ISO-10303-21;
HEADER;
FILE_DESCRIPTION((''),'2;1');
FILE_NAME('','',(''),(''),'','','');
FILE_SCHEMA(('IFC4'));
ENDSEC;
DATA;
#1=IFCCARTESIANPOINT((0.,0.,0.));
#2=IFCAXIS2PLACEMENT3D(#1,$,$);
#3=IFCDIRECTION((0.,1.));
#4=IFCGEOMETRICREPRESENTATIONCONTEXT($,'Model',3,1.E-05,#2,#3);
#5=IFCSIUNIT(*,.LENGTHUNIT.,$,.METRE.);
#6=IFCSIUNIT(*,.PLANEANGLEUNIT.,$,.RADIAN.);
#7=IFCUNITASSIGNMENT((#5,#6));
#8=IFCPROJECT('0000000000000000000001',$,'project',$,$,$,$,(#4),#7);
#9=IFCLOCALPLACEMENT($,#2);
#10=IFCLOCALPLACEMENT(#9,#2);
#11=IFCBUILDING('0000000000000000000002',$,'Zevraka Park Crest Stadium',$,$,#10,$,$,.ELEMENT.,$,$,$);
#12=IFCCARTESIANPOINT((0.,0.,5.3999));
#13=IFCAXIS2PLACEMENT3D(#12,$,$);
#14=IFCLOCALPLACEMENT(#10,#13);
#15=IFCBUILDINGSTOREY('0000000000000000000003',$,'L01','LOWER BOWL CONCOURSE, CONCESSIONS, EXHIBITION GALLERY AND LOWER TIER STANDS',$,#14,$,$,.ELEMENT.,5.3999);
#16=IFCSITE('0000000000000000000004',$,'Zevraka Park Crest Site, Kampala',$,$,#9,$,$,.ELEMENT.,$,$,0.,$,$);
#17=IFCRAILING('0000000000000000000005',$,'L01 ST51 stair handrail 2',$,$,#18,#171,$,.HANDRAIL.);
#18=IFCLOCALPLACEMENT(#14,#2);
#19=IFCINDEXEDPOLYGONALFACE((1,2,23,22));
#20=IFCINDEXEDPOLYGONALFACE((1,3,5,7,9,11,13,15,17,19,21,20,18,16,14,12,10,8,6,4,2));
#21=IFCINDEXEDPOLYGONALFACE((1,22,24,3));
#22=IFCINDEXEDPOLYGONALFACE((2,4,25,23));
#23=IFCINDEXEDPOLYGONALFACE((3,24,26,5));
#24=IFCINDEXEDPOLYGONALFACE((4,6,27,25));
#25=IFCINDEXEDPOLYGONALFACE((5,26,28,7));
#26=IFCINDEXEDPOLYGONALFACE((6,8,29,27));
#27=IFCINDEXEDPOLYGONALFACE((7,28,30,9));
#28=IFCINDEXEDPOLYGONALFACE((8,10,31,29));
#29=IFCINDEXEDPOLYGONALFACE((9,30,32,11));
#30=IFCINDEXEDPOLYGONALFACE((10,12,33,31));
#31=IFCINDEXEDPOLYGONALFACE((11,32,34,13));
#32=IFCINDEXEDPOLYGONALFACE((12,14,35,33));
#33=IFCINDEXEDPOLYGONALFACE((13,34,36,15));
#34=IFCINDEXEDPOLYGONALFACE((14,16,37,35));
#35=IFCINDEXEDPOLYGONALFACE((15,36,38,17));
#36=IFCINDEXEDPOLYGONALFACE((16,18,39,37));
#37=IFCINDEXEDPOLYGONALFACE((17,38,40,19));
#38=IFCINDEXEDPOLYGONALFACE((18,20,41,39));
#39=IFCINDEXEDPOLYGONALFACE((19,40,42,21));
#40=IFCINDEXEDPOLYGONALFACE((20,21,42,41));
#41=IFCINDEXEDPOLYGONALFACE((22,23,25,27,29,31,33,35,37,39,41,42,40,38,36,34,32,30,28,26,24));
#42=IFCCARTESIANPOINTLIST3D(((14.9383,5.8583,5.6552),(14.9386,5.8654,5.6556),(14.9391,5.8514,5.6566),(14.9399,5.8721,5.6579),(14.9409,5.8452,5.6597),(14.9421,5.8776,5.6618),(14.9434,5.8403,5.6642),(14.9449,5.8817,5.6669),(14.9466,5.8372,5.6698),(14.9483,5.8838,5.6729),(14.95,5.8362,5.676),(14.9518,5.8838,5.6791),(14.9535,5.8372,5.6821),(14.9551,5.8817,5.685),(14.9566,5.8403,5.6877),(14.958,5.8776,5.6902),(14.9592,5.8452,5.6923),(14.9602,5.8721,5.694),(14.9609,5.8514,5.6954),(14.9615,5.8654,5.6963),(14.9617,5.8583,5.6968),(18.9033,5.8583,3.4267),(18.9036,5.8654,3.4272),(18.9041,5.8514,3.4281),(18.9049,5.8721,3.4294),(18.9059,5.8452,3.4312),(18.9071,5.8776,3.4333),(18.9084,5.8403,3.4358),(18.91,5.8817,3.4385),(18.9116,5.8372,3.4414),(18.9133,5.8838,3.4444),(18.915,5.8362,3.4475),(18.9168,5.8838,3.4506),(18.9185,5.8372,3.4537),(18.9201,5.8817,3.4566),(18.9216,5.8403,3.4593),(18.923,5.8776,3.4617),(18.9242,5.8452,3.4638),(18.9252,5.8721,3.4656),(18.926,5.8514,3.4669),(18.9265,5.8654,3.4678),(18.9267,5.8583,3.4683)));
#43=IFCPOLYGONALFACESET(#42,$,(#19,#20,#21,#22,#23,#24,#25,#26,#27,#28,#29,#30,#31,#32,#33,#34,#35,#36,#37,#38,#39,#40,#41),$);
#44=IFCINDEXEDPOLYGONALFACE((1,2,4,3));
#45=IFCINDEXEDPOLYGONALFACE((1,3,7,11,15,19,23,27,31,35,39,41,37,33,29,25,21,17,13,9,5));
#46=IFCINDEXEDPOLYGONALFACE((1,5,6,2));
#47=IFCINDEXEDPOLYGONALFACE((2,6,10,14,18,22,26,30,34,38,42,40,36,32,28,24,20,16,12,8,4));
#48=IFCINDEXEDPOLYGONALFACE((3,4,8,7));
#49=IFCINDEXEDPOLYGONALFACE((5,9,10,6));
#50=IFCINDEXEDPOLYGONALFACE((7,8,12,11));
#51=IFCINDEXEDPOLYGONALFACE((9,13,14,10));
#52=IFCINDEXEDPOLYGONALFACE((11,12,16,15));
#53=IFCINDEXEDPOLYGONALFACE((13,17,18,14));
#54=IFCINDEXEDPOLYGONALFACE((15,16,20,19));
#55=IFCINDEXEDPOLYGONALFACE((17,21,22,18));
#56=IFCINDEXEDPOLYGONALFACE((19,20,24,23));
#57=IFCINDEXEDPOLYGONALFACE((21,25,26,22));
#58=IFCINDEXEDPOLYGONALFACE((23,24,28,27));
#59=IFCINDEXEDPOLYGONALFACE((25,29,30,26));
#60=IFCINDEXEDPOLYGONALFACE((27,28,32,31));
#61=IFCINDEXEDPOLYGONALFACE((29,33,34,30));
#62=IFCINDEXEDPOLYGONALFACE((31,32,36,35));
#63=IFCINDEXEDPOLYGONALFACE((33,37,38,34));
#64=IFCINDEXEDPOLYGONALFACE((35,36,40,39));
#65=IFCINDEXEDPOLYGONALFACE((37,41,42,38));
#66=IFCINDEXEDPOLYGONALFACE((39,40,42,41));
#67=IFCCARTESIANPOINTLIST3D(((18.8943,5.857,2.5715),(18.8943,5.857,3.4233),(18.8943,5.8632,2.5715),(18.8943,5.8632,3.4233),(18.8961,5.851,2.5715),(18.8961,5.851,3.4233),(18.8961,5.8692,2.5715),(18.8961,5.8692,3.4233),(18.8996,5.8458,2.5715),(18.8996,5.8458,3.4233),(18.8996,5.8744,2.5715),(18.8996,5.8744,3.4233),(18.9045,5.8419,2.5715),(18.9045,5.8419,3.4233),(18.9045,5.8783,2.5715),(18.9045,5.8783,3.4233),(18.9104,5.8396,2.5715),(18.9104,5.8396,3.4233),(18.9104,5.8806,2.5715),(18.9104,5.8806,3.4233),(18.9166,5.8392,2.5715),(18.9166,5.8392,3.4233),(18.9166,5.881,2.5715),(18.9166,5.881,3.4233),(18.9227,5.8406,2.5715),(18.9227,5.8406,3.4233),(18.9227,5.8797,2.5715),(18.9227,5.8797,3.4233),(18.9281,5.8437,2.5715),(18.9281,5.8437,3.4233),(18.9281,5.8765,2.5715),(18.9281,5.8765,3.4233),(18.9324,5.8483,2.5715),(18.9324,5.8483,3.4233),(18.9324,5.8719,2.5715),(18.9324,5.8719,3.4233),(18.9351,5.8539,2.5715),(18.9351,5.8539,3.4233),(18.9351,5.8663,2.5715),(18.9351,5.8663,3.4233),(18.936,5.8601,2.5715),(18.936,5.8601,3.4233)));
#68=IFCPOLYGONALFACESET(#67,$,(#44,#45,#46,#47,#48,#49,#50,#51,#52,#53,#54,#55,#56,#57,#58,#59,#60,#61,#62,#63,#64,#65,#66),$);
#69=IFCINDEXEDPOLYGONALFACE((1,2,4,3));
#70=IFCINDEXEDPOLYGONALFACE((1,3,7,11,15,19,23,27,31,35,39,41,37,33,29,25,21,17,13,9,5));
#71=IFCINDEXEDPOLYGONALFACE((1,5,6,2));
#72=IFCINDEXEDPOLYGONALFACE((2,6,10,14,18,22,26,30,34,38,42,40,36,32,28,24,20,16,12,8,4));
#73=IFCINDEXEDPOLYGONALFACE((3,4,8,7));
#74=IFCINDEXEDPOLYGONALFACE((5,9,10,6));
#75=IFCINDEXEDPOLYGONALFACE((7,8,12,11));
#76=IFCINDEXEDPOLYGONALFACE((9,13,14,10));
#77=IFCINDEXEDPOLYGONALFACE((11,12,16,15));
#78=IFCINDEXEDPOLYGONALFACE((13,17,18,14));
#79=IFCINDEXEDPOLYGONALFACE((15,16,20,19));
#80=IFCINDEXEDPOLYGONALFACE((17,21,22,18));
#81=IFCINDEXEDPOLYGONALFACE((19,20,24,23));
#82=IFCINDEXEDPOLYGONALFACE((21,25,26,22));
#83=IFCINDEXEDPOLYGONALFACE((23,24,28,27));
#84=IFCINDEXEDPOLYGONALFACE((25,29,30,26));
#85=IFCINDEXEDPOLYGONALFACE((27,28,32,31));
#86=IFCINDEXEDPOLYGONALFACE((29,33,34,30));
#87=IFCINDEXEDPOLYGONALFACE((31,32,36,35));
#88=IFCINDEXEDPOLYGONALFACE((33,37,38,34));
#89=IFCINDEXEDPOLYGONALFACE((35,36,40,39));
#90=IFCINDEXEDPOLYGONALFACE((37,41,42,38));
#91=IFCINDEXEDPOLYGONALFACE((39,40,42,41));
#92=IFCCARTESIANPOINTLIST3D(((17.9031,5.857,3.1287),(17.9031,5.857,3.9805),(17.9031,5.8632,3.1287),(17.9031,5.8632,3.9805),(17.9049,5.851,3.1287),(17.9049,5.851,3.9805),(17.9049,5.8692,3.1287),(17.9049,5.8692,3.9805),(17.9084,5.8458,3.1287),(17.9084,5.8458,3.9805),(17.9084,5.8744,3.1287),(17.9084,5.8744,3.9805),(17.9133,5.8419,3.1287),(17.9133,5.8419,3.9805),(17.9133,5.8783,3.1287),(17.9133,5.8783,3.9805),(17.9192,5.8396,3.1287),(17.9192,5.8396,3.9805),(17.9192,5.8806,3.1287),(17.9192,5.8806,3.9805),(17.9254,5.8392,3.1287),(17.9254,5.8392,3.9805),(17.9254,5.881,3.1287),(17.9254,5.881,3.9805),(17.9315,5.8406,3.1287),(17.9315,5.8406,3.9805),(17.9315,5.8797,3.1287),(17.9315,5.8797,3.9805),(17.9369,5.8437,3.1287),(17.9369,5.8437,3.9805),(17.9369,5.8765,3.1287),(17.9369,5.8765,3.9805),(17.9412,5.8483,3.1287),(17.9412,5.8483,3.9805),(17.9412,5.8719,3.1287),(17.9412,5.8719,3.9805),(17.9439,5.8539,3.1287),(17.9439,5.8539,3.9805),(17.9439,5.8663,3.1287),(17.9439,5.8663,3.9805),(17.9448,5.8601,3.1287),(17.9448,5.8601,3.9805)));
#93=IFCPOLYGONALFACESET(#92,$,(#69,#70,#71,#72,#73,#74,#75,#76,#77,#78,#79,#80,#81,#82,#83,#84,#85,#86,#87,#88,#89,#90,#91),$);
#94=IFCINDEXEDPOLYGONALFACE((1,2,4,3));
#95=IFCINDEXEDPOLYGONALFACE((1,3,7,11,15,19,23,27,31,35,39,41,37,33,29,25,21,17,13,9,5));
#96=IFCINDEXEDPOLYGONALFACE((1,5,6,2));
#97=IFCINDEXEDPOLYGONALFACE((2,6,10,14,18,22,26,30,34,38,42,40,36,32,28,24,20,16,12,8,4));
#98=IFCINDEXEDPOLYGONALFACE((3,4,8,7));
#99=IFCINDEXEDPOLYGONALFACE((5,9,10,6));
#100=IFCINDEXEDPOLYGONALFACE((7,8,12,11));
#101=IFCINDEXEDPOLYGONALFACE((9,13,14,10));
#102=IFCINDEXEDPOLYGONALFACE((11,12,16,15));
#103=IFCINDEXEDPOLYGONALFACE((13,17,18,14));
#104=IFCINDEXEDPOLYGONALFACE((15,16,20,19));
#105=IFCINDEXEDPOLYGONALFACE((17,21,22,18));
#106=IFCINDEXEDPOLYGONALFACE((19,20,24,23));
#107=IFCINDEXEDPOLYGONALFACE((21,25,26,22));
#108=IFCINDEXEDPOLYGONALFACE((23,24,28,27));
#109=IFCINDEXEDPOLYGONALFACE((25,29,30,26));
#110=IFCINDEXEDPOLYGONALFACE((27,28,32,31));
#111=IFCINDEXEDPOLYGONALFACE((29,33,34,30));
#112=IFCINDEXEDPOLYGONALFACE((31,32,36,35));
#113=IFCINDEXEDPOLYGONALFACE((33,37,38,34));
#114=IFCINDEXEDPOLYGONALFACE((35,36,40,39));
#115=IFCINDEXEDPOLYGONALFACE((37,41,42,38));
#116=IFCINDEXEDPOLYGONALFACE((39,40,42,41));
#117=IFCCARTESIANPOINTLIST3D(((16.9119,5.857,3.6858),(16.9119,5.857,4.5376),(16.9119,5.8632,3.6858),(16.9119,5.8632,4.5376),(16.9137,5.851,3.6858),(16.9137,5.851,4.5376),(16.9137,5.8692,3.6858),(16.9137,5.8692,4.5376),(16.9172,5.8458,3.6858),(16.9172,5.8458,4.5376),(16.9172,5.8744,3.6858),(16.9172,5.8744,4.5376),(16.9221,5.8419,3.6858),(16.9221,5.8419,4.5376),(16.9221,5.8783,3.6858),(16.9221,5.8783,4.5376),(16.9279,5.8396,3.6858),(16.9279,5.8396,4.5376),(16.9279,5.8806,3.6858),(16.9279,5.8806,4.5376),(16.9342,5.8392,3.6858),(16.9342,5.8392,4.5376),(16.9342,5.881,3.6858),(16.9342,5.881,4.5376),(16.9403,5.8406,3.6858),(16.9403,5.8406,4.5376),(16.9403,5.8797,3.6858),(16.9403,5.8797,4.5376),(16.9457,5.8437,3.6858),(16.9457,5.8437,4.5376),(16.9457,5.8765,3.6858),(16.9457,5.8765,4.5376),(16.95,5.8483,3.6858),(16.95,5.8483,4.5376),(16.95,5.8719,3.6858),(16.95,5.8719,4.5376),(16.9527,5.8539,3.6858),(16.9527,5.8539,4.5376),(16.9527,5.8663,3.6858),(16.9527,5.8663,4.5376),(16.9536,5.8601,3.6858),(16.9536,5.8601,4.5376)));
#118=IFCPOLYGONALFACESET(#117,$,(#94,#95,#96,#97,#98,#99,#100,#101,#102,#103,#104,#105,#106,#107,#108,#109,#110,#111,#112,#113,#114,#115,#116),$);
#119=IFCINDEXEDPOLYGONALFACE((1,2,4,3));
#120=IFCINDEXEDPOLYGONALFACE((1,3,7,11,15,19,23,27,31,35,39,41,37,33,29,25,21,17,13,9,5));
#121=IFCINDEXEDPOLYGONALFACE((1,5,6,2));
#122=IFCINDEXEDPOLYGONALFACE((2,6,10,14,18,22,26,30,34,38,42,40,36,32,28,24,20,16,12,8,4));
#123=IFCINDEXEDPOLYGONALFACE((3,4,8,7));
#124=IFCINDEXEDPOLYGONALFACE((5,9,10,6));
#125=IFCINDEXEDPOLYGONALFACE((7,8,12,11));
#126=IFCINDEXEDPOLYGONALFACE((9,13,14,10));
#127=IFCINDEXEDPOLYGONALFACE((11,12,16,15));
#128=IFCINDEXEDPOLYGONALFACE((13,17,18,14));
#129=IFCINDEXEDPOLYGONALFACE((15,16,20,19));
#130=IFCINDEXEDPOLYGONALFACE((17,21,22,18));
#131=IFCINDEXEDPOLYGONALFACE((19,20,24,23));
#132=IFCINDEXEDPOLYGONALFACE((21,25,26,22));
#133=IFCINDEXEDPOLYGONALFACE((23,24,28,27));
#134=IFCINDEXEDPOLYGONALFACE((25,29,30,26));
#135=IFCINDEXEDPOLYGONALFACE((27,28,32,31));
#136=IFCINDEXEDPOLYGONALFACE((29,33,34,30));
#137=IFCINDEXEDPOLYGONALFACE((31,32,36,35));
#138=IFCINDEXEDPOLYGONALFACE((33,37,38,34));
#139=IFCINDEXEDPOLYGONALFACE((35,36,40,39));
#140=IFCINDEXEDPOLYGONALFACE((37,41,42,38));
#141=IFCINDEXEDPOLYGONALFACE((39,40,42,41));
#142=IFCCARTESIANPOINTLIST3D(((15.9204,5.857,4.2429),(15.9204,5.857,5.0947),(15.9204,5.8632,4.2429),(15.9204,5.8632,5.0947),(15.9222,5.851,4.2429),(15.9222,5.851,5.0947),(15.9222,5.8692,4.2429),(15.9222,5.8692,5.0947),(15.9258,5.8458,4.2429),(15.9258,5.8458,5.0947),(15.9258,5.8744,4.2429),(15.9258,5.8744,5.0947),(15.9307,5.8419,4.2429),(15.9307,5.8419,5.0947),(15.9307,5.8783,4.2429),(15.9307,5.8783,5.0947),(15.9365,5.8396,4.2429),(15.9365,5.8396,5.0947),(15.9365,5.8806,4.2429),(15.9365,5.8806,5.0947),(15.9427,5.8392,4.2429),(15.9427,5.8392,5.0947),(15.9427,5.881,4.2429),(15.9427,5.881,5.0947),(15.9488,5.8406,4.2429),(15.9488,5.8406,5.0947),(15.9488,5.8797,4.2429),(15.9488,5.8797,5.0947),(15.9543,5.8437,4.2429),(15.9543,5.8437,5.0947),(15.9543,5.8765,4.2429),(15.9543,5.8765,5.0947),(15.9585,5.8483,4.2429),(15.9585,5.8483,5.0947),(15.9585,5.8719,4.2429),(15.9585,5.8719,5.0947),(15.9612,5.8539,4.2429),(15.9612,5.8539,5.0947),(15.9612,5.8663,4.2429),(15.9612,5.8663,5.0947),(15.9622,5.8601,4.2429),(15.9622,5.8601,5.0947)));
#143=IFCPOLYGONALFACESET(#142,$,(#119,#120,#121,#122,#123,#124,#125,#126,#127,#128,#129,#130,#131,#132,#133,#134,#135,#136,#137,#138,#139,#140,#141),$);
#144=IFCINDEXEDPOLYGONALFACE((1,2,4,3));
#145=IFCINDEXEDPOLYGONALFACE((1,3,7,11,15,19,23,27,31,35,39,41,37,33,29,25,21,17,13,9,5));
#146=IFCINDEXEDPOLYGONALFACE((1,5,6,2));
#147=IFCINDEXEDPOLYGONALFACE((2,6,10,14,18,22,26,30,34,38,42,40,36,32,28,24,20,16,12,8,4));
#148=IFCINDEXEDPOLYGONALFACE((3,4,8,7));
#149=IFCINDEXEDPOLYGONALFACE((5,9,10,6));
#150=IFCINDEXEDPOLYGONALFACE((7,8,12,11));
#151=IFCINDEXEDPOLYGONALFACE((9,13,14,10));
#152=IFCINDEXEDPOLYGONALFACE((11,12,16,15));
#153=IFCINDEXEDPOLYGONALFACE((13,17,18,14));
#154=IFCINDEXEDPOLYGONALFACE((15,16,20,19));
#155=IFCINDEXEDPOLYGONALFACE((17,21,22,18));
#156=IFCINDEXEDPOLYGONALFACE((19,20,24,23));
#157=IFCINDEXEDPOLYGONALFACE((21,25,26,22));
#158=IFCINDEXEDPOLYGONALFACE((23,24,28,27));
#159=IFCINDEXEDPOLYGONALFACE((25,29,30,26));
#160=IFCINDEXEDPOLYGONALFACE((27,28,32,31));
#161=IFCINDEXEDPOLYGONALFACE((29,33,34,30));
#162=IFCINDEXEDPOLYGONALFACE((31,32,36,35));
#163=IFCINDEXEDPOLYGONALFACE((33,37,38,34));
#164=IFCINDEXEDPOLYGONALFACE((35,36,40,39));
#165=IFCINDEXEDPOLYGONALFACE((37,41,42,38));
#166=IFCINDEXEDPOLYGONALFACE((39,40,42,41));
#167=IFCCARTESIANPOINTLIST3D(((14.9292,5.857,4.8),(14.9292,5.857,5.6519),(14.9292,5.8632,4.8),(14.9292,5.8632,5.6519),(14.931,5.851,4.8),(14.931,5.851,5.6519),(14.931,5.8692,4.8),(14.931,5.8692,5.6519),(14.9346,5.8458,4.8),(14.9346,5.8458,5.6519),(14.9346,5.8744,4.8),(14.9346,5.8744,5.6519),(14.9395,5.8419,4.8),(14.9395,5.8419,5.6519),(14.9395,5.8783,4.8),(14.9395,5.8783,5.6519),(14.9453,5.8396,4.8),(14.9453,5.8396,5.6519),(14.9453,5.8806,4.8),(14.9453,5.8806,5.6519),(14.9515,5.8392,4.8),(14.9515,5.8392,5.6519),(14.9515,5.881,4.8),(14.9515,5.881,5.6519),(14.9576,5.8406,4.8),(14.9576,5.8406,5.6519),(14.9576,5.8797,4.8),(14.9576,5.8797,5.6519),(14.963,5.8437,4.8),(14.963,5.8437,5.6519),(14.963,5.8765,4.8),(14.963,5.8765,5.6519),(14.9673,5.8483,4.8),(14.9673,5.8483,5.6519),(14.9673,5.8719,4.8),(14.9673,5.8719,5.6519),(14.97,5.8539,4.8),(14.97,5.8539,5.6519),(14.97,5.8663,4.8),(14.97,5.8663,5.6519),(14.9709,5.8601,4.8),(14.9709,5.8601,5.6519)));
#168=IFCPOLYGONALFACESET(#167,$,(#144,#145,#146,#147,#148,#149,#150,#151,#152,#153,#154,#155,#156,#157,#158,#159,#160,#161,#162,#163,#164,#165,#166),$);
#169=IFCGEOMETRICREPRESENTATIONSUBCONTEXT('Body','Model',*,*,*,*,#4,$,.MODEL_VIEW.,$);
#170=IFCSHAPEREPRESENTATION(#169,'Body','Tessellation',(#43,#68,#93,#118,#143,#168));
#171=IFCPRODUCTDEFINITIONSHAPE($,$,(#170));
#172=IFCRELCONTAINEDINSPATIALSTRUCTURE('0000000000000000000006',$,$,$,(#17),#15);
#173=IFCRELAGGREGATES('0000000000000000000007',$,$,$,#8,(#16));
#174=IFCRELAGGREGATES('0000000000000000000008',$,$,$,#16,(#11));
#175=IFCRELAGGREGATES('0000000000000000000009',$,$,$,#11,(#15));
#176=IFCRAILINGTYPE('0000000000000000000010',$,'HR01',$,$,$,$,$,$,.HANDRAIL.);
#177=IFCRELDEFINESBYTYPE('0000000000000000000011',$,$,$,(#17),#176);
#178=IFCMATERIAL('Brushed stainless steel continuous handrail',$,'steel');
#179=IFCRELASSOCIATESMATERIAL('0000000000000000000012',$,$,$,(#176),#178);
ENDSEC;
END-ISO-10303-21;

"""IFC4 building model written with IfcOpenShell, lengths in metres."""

from ifc_helpers import new_model, si_unit, direction, frame, origin, origin_2d, place, context, subcontext, project, spatial, circle, extrude, material, type_object, element, save


model = new_model("IFC4")

# Units and contexts
model_context = context("Model", 3, precision=1e-05, world=origin(), true_north=direction((0.0, 1.0)))
body_context = subcontext(model_context, "Body", "Model", "MODEL_VIEW")
ifc_project = project(units=[si_unit("LENGTHUNIT", "METRE"), si_unit("PLANEANGLEUNIT", "RADIAN")], contexts=[model_context])

# Site, building, storey
site_placement = place(None, origin())
site = spatial("IfcSite", under=ifc_project, at=site_placement, Name="Zevraka Park Crest Site, Kampala", CompositionType="ELEMENT", RefElevation=0.0)
building_placement = place(site_placement, origin())
building = spatial("IfcBuilding", under=site, at=building_placement, Name="Zevraka Park Crest Stadium", CompositionType="ELEMENT")
storey_placement = place(building_placement, frame((0.0, 0.0, 5.3999)))
storey = spatial("IfcBuildingStorey", under=building, at=storey_placement, Name="L01", Description="LOWER BOWL CONCOURSE, CONCESSIONS, EXHIBITION GALLERY AND LOWER TIER STANDS", CompositionType="ELEMENT", Elevation=5.3999)

# Railing
ifc_material_1 = material(Name="Brushed stainless steel continuous handrail", Category="steel")
railing_type_1 = type_object("IfcRailingType", Name="HR01", PredefinedType="HANDRAIL", material=ifc_material_1)
railing_1_placement = place(storey_placement, frame((18.915, 5.8601, 2.5715)))
element("IfcRailing", 1, at=railing_1_placement, inside=storey, type_object=railing_type_1, Name="L01 ST51 stair handrail 2", PredefinedType="HANDRAIL", context=body_context, shape_type="SweptSolid", body=[
    extrude(circle(Radius=0.0239, at=origin_2d()), frame((0.0, 0.0, 0.876), z_axis=(-0.871749, 0.0, 0.489953), x_axis=(0.0, -1.0, 0.0)), (0.0, 0.0, 1.0), 4.5483),
    extrude(circle(Radius=0.021, at=origin_2d()), origin(), (0.0, 0.0, 1.0), 0.8518),
    extrude(circle(Radius=0.021, at=origin_2d()), frame((-0.9912, 0.0, 0.5571)), (0.0, 0.0, 1.0), 0.8518),
    extrude(circle(Radius=0.021, at=origin_2d()), frame((-1.9824, 0.0, 1.1143)), (0.0, 0.0, 1.0), 0.8518),
    extrude(circle(Radius=0.021, at=origin_2d()), frame((-2.9739, 0.0, 1.6714)), (0.0, 0.0, 1.0), 0.8518),
    extrude(circle(Radius=0.021, at=origin_2d()), frame((-3.9651, 0.0, 2.2285)), (0.0, 0.0, 1.0), 0.8518),
])

save(model, "model.ifc")
